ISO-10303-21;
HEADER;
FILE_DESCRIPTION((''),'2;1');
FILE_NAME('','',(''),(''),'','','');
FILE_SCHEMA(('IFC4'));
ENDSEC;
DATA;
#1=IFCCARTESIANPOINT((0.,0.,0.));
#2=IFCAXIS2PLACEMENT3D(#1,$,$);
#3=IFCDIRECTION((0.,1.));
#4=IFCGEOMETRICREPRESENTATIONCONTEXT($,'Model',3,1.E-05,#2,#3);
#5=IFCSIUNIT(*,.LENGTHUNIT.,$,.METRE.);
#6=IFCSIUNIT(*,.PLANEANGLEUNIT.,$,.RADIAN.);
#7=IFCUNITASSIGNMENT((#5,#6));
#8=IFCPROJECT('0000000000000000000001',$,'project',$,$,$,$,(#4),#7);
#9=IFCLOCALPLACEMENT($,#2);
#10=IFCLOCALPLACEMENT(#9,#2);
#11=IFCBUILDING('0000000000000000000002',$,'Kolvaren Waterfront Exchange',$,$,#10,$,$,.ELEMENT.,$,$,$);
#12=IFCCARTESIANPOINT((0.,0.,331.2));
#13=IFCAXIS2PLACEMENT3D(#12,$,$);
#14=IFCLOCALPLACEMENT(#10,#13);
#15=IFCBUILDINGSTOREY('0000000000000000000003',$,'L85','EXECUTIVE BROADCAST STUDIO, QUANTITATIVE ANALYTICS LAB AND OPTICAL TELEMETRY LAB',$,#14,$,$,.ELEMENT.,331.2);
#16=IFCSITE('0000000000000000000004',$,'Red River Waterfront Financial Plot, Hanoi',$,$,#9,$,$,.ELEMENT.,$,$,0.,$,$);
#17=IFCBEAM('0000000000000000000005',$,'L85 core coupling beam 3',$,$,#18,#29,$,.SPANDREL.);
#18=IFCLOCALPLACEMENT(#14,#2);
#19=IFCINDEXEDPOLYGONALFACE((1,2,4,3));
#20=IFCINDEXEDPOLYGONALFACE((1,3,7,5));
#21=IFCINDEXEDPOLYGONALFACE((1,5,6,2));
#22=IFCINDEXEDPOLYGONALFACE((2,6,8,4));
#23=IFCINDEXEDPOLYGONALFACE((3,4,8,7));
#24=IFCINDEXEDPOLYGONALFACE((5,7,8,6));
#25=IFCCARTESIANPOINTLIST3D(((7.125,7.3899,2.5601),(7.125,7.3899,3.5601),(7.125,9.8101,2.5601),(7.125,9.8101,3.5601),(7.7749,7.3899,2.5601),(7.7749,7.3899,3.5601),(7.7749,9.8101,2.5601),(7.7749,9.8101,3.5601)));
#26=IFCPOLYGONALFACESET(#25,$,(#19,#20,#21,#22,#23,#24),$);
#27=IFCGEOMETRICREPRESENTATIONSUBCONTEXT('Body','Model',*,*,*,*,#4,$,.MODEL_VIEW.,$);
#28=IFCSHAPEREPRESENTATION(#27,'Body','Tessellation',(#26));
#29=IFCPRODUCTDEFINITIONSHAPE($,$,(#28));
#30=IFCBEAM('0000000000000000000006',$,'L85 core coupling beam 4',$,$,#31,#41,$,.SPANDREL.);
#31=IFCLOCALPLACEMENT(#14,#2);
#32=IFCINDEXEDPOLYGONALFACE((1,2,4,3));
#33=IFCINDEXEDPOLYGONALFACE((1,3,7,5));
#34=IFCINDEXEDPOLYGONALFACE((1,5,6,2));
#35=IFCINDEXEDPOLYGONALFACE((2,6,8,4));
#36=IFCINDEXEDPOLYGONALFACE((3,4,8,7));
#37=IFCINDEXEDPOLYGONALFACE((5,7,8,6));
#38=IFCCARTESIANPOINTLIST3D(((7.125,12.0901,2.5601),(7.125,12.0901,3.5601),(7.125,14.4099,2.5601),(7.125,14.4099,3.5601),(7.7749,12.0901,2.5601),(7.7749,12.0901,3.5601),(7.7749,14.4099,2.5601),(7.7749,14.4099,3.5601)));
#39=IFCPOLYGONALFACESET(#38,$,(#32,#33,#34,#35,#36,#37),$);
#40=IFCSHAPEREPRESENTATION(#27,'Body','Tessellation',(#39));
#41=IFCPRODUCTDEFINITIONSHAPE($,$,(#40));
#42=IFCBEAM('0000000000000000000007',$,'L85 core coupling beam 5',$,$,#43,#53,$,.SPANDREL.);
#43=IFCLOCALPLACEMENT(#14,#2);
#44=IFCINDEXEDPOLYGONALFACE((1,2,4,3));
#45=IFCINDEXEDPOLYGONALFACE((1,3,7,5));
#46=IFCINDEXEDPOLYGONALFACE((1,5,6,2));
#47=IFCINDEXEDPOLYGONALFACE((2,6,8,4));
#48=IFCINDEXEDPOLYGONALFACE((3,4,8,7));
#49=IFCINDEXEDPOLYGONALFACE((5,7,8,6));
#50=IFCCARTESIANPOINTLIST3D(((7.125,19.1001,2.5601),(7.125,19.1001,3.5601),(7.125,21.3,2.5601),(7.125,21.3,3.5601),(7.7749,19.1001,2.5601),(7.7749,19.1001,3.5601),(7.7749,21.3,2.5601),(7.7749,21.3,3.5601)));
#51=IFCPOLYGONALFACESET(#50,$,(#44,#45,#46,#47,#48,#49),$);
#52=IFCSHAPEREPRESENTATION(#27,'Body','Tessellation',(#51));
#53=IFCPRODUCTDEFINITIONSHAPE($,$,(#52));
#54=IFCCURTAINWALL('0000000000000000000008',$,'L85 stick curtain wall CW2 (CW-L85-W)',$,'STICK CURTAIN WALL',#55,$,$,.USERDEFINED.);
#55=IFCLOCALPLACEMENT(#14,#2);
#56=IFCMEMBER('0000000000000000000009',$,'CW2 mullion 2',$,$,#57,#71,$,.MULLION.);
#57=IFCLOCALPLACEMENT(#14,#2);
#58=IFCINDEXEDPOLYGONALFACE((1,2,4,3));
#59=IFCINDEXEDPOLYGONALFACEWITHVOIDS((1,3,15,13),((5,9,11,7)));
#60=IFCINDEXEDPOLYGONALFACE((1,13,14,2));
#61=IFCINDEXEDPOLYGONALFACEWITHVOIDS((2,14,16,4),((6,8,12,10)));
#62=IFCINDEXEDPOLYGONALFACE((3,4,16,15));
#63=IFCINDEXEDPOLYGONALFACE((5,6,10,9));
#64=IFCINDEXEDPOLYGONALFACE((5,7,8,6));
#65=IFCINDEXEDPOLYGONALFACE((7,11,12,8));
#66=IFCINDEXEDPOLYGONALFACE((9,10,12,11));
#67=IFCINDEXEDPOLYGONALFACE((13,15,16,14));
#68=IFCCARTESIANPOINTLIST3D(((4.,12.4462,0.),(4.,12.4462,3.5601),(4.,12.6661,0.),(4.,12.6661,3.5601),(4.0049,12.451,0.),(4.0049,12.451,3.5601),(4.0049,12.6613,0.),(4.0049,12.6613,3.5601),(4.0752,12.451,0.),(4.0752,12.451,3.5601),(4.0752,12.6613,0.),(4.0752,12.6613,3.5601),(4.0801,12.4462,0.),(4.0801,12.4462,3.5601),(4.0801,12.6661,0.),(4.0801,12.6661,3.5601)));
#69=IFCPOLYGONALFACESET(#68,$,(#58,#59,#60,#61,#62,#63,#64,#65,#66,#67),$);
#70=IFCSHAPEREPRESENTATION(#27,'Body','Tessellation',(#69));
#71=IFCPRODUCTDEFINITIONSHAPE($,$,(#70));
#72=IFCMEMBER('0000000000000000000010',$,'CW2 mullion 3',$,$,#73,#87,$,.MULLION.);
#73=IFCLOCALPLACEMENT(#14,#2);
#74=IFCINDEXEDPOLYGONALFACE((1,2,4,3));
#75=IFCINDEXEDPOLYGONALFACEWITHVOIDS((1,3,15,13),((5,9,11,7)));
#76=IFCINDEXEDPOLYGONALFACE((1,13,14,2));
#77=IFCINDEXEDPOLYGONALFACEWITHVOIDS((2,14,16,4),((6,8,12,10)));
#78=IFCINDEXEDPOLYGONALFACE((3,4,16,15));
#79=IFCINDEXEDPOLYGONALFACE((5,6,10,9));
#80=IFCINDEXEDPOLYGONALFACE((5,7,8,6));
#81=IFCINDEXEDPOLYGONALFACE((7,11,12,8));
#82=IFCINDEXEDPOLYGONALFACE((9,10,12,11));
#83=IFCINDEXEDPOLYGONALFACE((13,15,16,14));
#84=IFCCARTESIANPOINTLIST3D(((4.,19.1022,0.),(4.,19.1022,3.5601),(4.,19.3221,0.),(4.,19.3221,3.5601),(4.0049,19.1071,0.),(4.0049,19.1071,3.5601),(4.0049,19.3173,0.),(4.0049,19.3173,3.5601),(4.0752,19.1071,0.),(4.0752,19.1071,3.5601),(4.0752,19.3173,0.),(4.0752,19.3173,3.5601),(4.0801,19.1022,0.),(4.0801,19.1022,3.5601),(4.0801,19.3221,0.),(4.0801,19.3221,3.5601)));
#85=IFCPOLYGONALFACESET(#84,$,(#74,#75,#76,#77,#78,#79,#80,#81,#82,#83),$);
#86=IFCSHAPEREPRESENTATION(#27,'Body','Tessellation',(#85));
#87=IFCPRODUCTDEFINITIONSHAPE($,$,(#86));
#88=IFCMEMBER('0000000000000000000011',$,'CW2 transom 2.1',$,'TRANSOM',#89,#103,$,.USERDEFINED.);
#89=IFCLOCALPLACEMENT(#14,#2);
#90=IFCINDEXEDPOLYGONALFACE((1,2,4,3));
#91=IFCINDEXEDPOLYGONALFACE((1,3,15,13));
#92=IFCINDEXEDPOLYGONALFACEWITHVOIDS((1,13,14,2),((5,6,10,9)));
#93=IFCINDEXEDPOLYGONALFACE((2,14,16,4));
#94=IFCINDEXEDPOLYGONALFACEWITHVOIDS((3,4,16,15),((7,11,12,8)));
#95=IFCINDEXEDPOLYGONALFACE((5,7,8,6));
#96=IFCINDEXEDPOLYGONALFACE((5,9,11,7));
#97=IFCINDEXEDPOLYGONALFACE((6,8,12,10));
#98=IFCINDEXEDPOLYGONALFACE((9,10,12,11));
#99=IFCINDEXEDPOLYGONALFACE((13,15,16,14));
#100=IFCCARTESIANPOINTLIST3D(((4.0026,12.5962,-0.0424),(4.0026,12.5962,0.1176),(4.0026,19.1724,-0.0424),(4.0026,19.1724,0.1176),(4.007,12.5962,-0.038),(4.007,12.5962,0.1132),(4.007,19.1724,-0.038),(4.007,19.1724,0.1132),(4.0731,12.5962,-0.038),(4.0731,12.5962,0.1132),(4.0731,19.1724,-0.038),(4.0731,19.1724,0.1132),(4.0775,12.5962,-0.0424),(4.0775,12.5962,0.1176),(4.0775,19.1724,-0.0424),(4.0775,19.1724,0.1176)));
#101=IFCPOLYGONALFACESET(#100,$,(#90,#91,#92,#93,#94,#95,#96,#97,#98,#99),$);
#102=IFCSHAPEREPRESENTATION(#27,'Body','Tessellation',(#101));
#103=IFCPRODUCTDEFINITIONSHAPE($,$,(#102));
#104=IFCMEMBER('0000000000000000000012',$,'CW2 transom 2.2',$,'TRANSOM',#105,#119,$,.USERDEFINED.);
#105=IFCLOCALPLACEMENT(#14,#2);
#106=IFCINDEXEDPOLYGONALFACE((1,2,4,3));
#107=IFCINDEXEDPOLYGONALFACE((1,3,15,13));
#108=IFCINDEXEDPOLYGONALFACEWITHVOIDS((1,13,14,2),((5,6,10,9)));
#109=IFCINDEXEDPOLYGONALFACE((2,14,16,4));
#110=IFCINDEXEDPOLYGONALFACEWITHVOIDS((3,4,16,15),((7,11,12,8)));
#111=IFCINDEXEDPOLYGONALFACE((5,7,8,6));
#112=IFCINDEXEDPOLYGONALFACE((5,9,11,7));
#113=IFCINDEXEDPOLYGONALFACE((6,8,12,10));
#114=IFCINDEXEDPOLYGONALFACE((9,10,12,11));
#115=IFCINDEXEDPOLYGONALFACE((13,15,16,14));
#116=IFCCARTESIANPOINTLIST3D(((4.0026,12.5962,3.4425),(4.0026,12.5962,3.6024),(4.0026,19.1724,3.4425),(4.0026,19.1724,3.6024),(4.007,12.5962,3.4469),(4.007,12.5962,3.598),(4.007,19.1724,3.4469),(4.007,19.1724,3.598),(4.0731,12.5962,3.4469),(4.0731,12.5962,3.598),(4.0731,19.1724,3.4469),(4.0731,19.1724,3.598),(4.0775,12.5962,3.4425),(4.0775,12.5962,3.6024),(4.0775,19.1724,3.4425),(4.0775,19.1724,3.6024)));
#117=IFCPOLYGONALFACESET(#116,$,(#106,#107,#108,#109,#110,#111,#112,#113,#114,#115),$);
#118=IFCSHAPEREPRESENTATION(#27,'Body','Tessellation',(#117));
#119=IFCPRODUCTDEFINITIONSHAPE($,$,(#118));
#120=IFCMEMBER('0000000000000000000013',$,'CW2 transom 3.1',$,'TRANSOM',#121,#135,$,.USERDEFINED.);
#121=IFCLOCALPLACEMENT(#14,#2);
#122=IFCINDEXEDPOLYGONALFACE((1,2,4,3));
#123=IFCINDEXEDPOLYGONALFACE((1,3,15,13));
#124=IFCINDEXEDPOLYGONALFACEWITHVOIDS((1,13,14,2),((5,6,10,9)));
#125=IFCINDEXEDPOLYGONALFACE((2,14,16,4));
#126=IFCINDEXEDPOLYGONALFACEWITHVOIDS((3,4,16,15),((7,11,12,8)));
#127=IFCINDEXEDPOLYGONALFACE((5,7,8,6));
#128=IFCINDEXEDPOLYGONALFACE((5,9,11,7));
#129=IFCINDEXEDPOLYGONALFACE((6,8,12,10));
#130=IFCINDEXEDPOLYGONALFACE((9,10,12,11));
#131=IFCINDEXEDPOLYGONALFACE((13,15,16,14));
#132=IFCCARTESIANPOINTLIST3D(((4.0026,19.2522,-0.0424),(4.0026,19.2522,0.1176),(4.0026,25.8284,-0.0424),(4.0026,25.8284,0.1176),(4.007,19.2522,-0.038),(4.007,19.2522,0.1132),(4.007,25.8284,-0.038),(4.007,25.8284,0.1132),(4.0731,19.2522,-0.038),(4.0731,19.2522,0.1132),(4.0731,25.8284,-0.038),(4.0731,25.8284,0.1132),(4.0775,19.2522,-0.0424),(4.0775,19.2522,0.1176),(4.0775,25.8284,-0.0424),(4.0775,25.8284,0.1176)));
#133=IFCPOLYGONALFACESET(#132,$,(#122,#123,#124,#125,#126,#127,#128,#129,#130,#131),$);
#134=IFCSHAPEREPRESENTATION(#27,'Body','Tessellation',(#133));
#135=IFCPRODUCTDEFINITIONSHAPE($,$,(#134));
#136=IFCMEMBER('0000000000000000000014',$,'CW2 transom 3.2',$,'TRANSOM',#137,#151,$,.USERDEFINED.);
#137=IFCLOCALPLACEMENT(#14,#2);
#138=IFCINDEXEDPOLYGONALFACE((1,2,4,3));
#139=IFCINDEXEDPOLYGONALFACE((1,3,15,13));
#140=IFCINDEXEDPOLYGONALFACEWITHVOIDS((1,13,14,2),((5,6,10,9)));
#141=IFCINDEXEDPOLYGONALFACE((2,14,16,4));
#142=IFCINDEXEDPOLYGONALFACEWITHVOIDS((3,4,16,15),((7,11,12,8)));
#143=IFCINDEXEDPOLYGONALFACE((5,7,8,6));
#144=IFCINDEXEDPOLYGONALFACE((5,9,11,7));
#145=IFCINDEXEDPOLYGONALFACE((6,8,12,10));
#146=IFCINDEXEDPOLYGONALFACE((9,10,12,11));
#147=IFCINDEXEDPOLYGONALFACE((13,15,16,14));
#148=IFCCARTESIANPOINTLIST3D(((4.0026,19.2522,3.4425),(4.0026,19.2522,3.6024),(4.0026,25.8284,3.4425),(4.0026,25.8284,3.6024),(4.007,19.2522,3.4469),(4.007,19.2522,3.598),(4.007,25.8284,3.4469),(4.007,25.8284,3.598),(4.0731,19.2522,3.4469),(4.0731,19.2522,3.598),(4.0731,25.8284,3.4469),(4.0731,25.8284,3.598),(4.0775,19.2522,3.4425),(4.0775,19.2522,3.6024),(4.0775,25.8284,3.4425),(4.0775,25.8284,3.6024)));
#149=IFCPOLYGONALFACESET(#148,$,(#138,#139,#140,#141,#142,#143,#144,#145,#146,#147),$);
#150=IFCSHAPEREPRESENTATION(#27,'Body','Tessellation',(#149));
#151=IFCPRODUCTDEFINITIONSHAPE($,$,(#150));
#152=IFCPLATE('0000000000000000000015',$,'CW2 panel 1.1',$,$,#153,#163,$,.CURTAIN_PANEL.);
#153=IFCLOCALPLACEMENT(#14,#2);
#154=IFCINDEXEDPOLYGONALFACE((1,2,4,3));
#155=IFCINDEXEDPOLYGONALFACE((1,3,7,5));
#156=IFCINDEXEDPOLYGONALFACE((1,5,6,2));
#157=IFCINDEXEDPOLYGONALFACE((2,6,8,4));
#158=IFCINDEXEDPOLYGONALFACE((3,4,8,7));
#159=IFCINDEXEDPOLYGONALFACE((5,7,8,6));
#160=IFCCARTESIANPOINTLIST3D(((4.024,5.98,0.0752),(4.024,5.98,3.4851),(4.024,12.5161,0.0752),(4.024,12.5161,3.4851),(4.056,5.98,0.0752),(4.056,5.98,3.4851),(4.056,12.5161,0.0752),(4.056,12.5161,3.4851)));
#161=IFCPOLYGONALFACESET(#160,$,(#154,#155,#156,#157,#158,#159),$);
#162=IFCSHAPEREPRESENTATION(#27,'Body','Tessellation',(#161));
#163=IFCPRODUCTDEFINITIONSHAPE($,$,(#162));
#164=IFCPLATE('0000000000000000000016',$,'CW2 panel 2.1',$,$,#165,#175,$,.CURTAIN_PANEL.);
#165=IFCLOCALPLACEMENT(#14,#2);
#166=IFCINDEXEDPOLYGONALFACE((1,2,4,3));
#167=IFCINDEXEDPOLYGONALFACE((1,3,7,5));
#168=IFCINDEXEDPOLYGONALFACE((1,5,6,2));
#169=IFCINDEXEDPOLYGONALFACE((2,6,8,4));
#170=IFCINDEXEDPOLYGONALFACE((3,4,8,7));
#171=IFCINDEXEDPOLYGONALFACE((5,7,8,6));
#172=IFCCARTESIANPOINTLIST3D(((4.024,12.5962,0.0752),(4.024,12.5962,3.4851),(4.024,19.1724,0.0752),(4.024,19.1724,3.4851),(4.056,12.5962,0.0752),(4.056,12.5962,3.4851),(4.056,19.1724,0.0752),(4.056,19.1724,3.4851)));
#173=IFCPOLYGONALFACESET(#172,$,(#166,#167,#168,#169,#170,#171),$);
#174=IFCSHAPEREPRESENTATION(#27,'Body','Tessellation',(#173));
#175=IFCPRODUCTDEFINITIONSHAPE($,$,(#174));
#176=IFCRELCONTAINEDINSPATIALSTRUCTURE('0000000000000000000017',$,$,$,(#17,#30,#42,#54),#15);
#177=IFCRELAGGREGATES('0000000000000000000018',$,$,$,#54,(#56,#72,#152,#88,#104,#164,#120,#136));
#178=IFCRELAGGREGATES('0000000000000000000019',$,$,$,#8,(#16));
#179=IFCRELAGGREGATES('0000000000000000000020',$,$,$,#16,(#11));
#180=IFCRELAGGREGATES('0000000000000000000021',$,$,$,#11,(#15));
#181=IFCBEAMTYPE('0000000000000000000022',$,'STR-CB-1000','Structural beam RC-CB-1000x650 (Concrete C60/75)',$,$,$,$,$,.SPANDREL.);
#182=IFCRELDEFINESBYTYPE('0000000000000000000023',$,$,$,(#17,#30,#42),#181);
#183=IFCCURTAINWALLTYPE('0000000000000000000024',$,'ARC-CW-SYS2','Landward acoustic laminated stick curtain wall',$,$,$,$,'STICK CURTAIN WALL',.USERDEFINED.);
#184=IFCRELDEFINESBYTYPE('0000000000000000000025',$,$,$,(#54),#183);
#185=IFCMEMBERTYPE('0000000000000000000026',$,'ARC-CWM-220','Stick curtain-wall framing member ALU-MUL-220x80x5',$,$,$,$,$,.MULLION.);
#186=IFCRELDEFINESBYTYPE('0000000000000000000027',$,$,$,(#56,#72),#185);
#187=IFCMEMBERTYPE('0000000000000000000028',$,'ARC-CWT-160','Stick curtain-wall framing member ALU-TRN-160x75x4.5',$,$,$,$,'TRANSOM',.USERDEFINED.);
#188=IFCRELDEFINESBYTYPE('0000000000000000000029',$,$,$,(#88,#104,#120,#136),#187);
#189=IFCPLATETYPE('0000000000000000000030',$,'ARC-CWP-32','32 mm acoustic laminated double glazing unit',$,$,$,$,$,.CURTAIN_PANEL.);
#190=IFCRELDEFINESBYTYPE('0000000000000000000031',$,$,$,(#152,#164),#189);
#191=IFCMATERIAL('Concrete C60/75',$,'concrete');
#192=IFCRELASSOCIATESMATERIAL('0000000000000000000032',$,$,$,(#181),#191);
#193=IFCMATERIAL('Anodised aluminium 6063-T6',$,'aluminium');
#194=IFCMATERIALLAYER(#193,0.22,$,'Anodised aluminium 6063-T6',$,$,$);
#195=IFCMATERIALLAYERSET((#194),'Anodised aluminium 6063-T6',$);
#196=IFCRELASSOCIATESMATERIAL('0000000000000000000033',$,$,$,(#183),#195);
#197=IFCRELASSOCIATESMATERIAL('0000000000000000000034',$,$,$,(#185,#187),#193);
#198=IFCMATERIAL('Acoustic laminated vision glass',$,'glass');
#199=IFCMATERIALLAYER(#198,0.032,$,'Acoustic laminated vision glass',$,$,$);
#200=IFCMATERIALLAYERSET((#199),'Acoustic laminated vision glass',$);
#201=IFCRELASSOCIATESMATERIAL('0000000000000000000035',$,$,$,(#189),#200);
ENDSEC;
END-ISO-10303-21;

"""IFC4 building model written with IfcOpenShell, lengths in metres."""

from ifc_helpers import new_model, si_unit, direction, frame, origin, origin_with_axes, origin_2d, place, context, subcontext, project, spatial, rectangle, hollow_rectangle, extrude, source, transform, mapped, material, layer, layer_set, material_profile, profile_set, type_object, element, aggregate, save


model = new_model("IFC4")

# Units and contexts
model_context = context("Model", 3, precision=1e-05, world=origin(), true_north=direction((0.0, 1.0)))
body_context = subcontext(model_context, "Body", "Model", "MODEL_VIEW")
ifc_project = project(units=[si_unit("LENGTHUNIT", "METRE"), si_unit("PLANEANGLEUNIT", "RADIAN")], contexts=[model_context])

# Site, building, storey
site_placement = place(None, origin())
site = spatial("IfcSite", under=ifc_project, at=site_placement, Name="Red River Waterfront Financial Plot, Hanoi", CompositionType="ELEMENT", RefElevation=0.0)
building_placement = place(site_placement, origin())
building = spatial("IfcBuilding", under=site, at=building_placement, Name="Kolvaren Waterfront Exchange", CompositionType="ELEMENT")
storey_placement = place(building_placement, frame((0.0, 0.0, 331.2)))
storey = spatial("IfcBuildingStorey", under=building, at=storey_placement, Name="L85", Description="EXECUTIVE BROADCAST STUDIO, QUANTITATIVE ANALYTICS LAB AND OPTICAL TELEMETRY LAB", CompositionType="ELEMENT", Elevation=331.2)

# Beams
ifc_material_1 = material(Name="Concrete C60/75", Category="concrete")
ifc_material_profile_1 = material_profile(ifc_material_1, rectangle(XDim=0.6499, YDim=1.0, at=origin_2d()), Name="RC-CB-1000x650")
ifc_profile_set_1 = profile_set([ifc_material_profile_1], Name="Concrete C60/75")
beam_type = type_object("IfcBeamType", Name="STR-CB-1000", Description="Structural beam RC-CB-1000x650 (Concrete C60/75)", PredefinedType="SPANDREL", material=ifc_profile_set_1)
beam_1_placement = place(storey_placement, frame((7.45, 7.3899, 3.0601), z_axis=(0.0, 1.0, 0.0), x_axis=(-1.0, 0.0, 0.0)))
element("IfcBeam", 1, at=beam_1_placement, inside=storey, type_object=beam_type, Name="L85 core coupling beam 3", PredefinedType="SPANDREL", context=body_context, shape_type="SweptSolid", body=[
    extrude(rectangle(XDim=0.6499, YDim=1.0, at=origin_2d()), origin(), (0.0, 0.0, 1.0), 2.4202),
])
beam_2_placement = place(storey_placement, frame((7.45, 12.0901, 3.0601), z_axis=(0.0, 1.0, 0.0), x_axis=(-1.0, 0.0, 0.0)))
element("IfcBeam", 2, at=beam_2_placement, inside=storey, type_object=beam_type, Name="L85 core coupling beam 4", PredefinedType="SPANDREL", context=body_context, shape_type="SweptSolid", body=[
    extrude(rectangle(XDim=0.6499, YDim=1.0, at=origin_2d()), origin(), (0.0, 0.0, 1.0), 2.3198),
])
beam_3_placement = place(storey_placement, frame((7.45, 19.1001, 3.0601), z_axis=(0.0, 1.0, 0.0), x_axis=(-1.0, 0.0, 0.0)))
element("IfcBeam", 3, at=beam_3_placement, inside=storey, type_object=beam_type, Name="L85 core coupling beam 5", PredefinedType="SPANDREL", context=body_context, shape_type="SweptSolid", body=[
    extrude(rectangle(XDim=0.6499, YDim=1.0, at=origin_2d()), origin(), (0.0, 0.0, 1.0), 2.2),
])

# Curtain wall, members, plates
ifc_material_2 = material(Name="Anodised aluminium 6063-T6", Category="aluminium")
ifc_layer_1 = layer(ifc_material_2, 0.22, Name="Anodised aluminium 6063-T6")
ifc_layer_set_1 = layer_set([ifc_layer_1], Name="Anodised aluminium 6063-T6")
curtain_wall_type = type_object("IfcCurtainWallType", Name="ARC-CW-SYS2", Description="Landward acoustic laminated stick curtain wall", ElementType="STICK CURTAIN WALL", PredefinedType="USERDEFINED", material=ifc_layer_set_1)
curtain_wall_placement = place(storey_placement, origin())
curtain_wall = element("IfcCurtainWall", 4, at=curtain_wall_placement, inside=storey, type_object=curtain_wall_type, Name="L85 stick curtain wall CW2 (CW-L85-W)", ObjectType="STICK CURTAIN WALL", PredefinedType="USERDEFINED")
ifc_material_profile_2 = material_profile(ifc_material_2, hollow_rectangle(XDim=0.0801, YDim=0.22, WallThickness=0.0049, at=origin_2d()), Name="ALU-MUL-220x80x5")
ifc_profile_set_2 = profile_set([ifc_material_profile_2], Name="Anodised aluminium 6063-T6")
member_type_1 = type_object("IfcMemberType", Name="ARC-CWM-220", Description="Stick curtain-wall framing member ALU-MUL-220x80x5", PredefinedType="MULLION", material=ifc_profile_set_2)
shared_shape_1 = source(origin_with_axes(), body_context, "Body", "SweptSolid", [
    extrude(hollow_rectangle(XDim=0.0801, YDim=0.22, WallThickness=0.0049, at=origin_2d()), origin(), (0.0, 0.0, 1.0), 3.5601),
])
member_1_placement = place(storey_placement, frame((4.04, 12.5562, 0.0), z_axis=(0.0, 0.0, 1.0), x_axis=(-1.0, 0.0, 0.0)))
member_1 = element("IfcMember", 5, at=member_1_placement, type_object=member_type_1, Name="CW2 mullion 2", PredefinedType="MULLION", context=body_context, shape_type="MappedRepresentation", body=[
    mapped(shared_shape_1, transform((0.0, 0.0, 0.0), x_axis=(1.0, 0.0, 0.0), y_axis=(0.0, 1.0, 0.0), z_axis=(0.0, 0.0, 1.0), scale=1.0)),
])
member_2_placement = place(storey_placement, frame((4.04, 19.2122, 0.0), z_axis=(0.0, 0.0, 1.0), x_axis=(-1.0, 0.0, 0.0)))
member_2 = element("IfcMember", 6, at=member_2_placement, type_object=member_type_1, Name="CW2 mullion 3", PredefinedType="MULLION", context=body_context, shape_type="MappedRepresentation", body=[
    mapped(shared_shape_1, transform((0.0, 0.0, 0.0), x_axis=(1.0, 0.0, 0.0), y_axis=(0.0, 1.0, 0.0), z_axis=(0.0, 0.0, 1.0), scale=1.0)),
])
ifc_material_profile_3 = material_profile(ifc_material_2, hollow_rectangle(XDim=0.075, YDim=0.1599, WallThickness=0.0044, at=origin_2d()), Name="ALU-TRN-160x75x4.5")
ifc_profile_set_3 = profile_set([ifc_material_profile_3], Name="Anodised aluminium 6063-T6")
member_type_2 = type_object("IfcMemberType", Name="ARC-CWT-160", Description="Stick curtain-wall framing member ALU-TRN-160x75x4.5", ElementType="TRANSOM", PredefinedType="USERDEFINED", material=ifc_profile_set_3)
shared_shape_2 = source(origin_with_axes(), body_context, "Body", "SweptSolid", [
    extrude(hollow_rectangle(XDim=0.075, YDim=0.1599, WallThickness=0.0044, at=origin_2d()), origin(), (0.0, 0.0, 1.0), 6.5762),
])
member_3_placement = place(storey_placement, frame((4.04, 12.5962, 0.0376), z_axis=(0.0, 1.0, 0.0), x_axis=(-1.0, 0.0, 0.0)))
member_3 = element("IfcMember", 7, at=member_3_placement, type_object=member_type_2, Name="CW2 transom 2.1", ObjectType="TRANSOM", PredefinedType="USERDEFINED", context=body_context, shape_type="MappedRepresentation", body=[
    mapped(shared_shape_2, transform((0.0, 0.0, 0.0), x_axis=(1.0, 0.0, 0.0), y_axis=(0.0, 1.0, 0.0), z_axis=(0.0, 0.0, 1.0), scale=1.0)),
])
member_4_placement = place(storey_placement, frame((4.04, 12.5962, 3.5225), z_axis=(0.0, 1.0, 0.0), x_axis=(-1.0, 0.0, 0.0)))
member_4 = element("IfcMember", 8, at=member_4_placement, type_object=member_type_2, Name="CW2 transom 2.2", ObjectType="TRANSOM", PredefinedType="USERDEFINED", context=body_context, shape_type="MappedRepresentation", body=[
    mapped(shared_shape_2, transform((0.0, 0.0, 0.0), x_axis=(1.0, 0.0, 0.0), y_axis=(0.0, 1.0, 0.0), z_axis=(0.0, 0.0, 1.0), scale=1.0)),
])
member_5_placement = place(storey_placement, frame((4.04, 19.2522, 0.0376), z_axis=(0.0, 1.0, 0.0), x_axis=(-1.0, 0.0, 0.0)))
member_5 = element("IfcMember", 9, at=member_5_placement, type_object=member_type_2, Name="CW2 transom 3.1", ObjectType="TRANSOM", PredefinedType="USERDEFINED", context=body_context, shape_type="MappedRepresentation", body=[
    mapped(shared_shape_2, transform((0.0, 0.0, 0.0), x_axis=(1.0, 0.0, 0.0), y_axis=(0.0, 1.0, 0.0), z_axis=(0.0, 0.0, 1.0), scale=1.0)),
])
member_6_placement = place(storey_placement, frame((4.04, 19.2522, 3.5225), z_axis=(0.0, 1.0, 0.0), x_axis=(-1.0, 0.0, 0.0)))
member_6 = element("IfcMember", 10, at=member_6_placement, type_object=member_type_2, Name="CW2 transom 3.2", ObjectType="TRANSOM", PredefinedType="USERDEFINED", context=body_context, shape_type="MappedRepresentation", body=[
    mapped(shared_shape_2, transform((0.0, 0.0, 0.0), x_axis=(1.0, 0.0, 0.0), y_axis=(0.0, 1.0, 0.0), z_axis=(0.0, 0.0, 1.0), scale=1.0)),
])
ifc_material_3 = material(Name="Acoustic laminated vision glass", Category="glass")
ifc_layer_2 = layer(ifc_material_3, 0.032, Name="Acoustic laminated vision glass")
ifc_layer_set_2 = layer_set([ifc_layer_2], Name="Acoustic laminated vision glass")
plate_type = type_object("IfcPlateType", Name="ARC-CWP-32", Description="32 mm acoustic laminated double glazing unit", PredefinedType="CURTAIN_PANEL", material=ifc_layer_set_2)
shared_shape_3 = source(origin_with_axes(), body_context, "Body", "SweptSolid", [
    extrude(rectangle(XDim=6.5361, YDim=0.032, at=origin_2d()), origin(), (0.0, 0.0, 1.0), 3.4099),
])
plate_1_placement = place(storey_placement, frame((4.04, 9.248, 0.0752), z_axis=(0.0, 0.0, 1.0), x_axis=(0.0, 1.0, 0.0)))
plate_1 = element("IfcPlate", 11, at=plate_1_placement, type_object=plate_type, Name="CW2 panel 1.1", PredefinedType="CURTAIN_PANEL", context=body_context, shape_type="MappedRepresentation", body=[
    mapped(shared_shape_3, transform((0.0, 0.0, 0.0), x_axis=(1.0, 0.0, 0.0), y_axis=(0.0, 1.0, 0.0), z_axis=(0.0, 0.0, 1.0), scale=1.0)),
])
shared_shape_4 = source(origin_with_axes(), body_context, "Body", "SweptSolid", [
    extrude(rectangle(XDim=6.5762, YDim=0.032, at=origin_2d()), origin(), (0.0, 0.0, 1.0), 3.4099),
])
plate_2_placement = place(storey_placement, frame((4.04, 15.8843, 0.0752), z_axis=(0.0, 0.0, 1.0), x_axis=(0.0, 1.0, 0.0)))
plate_2 = element("IfcPlate", 12, at=plate_2_placement, type_object=plate_type, Name="CW2 panel 2.1", PredefinedType="CURTAIN_PANEL", context=body_context, shape_type="MappedRepresentation", body=[
    mapped(shared_shape_4, transform((0.0, 0.0, 0.0), x_axis=(1.0, 0.0, 0.0), y_axis=(0.0, 1.0, 0.0), z_axis=(0.0, 0.0, 1.0), scale=1.0)),
])
aggregate(curtain_wall, [member_1, member_2, plate_1, member_3, member_4, plate_2, member_5, member_6])

save(model, "model.ifc")
